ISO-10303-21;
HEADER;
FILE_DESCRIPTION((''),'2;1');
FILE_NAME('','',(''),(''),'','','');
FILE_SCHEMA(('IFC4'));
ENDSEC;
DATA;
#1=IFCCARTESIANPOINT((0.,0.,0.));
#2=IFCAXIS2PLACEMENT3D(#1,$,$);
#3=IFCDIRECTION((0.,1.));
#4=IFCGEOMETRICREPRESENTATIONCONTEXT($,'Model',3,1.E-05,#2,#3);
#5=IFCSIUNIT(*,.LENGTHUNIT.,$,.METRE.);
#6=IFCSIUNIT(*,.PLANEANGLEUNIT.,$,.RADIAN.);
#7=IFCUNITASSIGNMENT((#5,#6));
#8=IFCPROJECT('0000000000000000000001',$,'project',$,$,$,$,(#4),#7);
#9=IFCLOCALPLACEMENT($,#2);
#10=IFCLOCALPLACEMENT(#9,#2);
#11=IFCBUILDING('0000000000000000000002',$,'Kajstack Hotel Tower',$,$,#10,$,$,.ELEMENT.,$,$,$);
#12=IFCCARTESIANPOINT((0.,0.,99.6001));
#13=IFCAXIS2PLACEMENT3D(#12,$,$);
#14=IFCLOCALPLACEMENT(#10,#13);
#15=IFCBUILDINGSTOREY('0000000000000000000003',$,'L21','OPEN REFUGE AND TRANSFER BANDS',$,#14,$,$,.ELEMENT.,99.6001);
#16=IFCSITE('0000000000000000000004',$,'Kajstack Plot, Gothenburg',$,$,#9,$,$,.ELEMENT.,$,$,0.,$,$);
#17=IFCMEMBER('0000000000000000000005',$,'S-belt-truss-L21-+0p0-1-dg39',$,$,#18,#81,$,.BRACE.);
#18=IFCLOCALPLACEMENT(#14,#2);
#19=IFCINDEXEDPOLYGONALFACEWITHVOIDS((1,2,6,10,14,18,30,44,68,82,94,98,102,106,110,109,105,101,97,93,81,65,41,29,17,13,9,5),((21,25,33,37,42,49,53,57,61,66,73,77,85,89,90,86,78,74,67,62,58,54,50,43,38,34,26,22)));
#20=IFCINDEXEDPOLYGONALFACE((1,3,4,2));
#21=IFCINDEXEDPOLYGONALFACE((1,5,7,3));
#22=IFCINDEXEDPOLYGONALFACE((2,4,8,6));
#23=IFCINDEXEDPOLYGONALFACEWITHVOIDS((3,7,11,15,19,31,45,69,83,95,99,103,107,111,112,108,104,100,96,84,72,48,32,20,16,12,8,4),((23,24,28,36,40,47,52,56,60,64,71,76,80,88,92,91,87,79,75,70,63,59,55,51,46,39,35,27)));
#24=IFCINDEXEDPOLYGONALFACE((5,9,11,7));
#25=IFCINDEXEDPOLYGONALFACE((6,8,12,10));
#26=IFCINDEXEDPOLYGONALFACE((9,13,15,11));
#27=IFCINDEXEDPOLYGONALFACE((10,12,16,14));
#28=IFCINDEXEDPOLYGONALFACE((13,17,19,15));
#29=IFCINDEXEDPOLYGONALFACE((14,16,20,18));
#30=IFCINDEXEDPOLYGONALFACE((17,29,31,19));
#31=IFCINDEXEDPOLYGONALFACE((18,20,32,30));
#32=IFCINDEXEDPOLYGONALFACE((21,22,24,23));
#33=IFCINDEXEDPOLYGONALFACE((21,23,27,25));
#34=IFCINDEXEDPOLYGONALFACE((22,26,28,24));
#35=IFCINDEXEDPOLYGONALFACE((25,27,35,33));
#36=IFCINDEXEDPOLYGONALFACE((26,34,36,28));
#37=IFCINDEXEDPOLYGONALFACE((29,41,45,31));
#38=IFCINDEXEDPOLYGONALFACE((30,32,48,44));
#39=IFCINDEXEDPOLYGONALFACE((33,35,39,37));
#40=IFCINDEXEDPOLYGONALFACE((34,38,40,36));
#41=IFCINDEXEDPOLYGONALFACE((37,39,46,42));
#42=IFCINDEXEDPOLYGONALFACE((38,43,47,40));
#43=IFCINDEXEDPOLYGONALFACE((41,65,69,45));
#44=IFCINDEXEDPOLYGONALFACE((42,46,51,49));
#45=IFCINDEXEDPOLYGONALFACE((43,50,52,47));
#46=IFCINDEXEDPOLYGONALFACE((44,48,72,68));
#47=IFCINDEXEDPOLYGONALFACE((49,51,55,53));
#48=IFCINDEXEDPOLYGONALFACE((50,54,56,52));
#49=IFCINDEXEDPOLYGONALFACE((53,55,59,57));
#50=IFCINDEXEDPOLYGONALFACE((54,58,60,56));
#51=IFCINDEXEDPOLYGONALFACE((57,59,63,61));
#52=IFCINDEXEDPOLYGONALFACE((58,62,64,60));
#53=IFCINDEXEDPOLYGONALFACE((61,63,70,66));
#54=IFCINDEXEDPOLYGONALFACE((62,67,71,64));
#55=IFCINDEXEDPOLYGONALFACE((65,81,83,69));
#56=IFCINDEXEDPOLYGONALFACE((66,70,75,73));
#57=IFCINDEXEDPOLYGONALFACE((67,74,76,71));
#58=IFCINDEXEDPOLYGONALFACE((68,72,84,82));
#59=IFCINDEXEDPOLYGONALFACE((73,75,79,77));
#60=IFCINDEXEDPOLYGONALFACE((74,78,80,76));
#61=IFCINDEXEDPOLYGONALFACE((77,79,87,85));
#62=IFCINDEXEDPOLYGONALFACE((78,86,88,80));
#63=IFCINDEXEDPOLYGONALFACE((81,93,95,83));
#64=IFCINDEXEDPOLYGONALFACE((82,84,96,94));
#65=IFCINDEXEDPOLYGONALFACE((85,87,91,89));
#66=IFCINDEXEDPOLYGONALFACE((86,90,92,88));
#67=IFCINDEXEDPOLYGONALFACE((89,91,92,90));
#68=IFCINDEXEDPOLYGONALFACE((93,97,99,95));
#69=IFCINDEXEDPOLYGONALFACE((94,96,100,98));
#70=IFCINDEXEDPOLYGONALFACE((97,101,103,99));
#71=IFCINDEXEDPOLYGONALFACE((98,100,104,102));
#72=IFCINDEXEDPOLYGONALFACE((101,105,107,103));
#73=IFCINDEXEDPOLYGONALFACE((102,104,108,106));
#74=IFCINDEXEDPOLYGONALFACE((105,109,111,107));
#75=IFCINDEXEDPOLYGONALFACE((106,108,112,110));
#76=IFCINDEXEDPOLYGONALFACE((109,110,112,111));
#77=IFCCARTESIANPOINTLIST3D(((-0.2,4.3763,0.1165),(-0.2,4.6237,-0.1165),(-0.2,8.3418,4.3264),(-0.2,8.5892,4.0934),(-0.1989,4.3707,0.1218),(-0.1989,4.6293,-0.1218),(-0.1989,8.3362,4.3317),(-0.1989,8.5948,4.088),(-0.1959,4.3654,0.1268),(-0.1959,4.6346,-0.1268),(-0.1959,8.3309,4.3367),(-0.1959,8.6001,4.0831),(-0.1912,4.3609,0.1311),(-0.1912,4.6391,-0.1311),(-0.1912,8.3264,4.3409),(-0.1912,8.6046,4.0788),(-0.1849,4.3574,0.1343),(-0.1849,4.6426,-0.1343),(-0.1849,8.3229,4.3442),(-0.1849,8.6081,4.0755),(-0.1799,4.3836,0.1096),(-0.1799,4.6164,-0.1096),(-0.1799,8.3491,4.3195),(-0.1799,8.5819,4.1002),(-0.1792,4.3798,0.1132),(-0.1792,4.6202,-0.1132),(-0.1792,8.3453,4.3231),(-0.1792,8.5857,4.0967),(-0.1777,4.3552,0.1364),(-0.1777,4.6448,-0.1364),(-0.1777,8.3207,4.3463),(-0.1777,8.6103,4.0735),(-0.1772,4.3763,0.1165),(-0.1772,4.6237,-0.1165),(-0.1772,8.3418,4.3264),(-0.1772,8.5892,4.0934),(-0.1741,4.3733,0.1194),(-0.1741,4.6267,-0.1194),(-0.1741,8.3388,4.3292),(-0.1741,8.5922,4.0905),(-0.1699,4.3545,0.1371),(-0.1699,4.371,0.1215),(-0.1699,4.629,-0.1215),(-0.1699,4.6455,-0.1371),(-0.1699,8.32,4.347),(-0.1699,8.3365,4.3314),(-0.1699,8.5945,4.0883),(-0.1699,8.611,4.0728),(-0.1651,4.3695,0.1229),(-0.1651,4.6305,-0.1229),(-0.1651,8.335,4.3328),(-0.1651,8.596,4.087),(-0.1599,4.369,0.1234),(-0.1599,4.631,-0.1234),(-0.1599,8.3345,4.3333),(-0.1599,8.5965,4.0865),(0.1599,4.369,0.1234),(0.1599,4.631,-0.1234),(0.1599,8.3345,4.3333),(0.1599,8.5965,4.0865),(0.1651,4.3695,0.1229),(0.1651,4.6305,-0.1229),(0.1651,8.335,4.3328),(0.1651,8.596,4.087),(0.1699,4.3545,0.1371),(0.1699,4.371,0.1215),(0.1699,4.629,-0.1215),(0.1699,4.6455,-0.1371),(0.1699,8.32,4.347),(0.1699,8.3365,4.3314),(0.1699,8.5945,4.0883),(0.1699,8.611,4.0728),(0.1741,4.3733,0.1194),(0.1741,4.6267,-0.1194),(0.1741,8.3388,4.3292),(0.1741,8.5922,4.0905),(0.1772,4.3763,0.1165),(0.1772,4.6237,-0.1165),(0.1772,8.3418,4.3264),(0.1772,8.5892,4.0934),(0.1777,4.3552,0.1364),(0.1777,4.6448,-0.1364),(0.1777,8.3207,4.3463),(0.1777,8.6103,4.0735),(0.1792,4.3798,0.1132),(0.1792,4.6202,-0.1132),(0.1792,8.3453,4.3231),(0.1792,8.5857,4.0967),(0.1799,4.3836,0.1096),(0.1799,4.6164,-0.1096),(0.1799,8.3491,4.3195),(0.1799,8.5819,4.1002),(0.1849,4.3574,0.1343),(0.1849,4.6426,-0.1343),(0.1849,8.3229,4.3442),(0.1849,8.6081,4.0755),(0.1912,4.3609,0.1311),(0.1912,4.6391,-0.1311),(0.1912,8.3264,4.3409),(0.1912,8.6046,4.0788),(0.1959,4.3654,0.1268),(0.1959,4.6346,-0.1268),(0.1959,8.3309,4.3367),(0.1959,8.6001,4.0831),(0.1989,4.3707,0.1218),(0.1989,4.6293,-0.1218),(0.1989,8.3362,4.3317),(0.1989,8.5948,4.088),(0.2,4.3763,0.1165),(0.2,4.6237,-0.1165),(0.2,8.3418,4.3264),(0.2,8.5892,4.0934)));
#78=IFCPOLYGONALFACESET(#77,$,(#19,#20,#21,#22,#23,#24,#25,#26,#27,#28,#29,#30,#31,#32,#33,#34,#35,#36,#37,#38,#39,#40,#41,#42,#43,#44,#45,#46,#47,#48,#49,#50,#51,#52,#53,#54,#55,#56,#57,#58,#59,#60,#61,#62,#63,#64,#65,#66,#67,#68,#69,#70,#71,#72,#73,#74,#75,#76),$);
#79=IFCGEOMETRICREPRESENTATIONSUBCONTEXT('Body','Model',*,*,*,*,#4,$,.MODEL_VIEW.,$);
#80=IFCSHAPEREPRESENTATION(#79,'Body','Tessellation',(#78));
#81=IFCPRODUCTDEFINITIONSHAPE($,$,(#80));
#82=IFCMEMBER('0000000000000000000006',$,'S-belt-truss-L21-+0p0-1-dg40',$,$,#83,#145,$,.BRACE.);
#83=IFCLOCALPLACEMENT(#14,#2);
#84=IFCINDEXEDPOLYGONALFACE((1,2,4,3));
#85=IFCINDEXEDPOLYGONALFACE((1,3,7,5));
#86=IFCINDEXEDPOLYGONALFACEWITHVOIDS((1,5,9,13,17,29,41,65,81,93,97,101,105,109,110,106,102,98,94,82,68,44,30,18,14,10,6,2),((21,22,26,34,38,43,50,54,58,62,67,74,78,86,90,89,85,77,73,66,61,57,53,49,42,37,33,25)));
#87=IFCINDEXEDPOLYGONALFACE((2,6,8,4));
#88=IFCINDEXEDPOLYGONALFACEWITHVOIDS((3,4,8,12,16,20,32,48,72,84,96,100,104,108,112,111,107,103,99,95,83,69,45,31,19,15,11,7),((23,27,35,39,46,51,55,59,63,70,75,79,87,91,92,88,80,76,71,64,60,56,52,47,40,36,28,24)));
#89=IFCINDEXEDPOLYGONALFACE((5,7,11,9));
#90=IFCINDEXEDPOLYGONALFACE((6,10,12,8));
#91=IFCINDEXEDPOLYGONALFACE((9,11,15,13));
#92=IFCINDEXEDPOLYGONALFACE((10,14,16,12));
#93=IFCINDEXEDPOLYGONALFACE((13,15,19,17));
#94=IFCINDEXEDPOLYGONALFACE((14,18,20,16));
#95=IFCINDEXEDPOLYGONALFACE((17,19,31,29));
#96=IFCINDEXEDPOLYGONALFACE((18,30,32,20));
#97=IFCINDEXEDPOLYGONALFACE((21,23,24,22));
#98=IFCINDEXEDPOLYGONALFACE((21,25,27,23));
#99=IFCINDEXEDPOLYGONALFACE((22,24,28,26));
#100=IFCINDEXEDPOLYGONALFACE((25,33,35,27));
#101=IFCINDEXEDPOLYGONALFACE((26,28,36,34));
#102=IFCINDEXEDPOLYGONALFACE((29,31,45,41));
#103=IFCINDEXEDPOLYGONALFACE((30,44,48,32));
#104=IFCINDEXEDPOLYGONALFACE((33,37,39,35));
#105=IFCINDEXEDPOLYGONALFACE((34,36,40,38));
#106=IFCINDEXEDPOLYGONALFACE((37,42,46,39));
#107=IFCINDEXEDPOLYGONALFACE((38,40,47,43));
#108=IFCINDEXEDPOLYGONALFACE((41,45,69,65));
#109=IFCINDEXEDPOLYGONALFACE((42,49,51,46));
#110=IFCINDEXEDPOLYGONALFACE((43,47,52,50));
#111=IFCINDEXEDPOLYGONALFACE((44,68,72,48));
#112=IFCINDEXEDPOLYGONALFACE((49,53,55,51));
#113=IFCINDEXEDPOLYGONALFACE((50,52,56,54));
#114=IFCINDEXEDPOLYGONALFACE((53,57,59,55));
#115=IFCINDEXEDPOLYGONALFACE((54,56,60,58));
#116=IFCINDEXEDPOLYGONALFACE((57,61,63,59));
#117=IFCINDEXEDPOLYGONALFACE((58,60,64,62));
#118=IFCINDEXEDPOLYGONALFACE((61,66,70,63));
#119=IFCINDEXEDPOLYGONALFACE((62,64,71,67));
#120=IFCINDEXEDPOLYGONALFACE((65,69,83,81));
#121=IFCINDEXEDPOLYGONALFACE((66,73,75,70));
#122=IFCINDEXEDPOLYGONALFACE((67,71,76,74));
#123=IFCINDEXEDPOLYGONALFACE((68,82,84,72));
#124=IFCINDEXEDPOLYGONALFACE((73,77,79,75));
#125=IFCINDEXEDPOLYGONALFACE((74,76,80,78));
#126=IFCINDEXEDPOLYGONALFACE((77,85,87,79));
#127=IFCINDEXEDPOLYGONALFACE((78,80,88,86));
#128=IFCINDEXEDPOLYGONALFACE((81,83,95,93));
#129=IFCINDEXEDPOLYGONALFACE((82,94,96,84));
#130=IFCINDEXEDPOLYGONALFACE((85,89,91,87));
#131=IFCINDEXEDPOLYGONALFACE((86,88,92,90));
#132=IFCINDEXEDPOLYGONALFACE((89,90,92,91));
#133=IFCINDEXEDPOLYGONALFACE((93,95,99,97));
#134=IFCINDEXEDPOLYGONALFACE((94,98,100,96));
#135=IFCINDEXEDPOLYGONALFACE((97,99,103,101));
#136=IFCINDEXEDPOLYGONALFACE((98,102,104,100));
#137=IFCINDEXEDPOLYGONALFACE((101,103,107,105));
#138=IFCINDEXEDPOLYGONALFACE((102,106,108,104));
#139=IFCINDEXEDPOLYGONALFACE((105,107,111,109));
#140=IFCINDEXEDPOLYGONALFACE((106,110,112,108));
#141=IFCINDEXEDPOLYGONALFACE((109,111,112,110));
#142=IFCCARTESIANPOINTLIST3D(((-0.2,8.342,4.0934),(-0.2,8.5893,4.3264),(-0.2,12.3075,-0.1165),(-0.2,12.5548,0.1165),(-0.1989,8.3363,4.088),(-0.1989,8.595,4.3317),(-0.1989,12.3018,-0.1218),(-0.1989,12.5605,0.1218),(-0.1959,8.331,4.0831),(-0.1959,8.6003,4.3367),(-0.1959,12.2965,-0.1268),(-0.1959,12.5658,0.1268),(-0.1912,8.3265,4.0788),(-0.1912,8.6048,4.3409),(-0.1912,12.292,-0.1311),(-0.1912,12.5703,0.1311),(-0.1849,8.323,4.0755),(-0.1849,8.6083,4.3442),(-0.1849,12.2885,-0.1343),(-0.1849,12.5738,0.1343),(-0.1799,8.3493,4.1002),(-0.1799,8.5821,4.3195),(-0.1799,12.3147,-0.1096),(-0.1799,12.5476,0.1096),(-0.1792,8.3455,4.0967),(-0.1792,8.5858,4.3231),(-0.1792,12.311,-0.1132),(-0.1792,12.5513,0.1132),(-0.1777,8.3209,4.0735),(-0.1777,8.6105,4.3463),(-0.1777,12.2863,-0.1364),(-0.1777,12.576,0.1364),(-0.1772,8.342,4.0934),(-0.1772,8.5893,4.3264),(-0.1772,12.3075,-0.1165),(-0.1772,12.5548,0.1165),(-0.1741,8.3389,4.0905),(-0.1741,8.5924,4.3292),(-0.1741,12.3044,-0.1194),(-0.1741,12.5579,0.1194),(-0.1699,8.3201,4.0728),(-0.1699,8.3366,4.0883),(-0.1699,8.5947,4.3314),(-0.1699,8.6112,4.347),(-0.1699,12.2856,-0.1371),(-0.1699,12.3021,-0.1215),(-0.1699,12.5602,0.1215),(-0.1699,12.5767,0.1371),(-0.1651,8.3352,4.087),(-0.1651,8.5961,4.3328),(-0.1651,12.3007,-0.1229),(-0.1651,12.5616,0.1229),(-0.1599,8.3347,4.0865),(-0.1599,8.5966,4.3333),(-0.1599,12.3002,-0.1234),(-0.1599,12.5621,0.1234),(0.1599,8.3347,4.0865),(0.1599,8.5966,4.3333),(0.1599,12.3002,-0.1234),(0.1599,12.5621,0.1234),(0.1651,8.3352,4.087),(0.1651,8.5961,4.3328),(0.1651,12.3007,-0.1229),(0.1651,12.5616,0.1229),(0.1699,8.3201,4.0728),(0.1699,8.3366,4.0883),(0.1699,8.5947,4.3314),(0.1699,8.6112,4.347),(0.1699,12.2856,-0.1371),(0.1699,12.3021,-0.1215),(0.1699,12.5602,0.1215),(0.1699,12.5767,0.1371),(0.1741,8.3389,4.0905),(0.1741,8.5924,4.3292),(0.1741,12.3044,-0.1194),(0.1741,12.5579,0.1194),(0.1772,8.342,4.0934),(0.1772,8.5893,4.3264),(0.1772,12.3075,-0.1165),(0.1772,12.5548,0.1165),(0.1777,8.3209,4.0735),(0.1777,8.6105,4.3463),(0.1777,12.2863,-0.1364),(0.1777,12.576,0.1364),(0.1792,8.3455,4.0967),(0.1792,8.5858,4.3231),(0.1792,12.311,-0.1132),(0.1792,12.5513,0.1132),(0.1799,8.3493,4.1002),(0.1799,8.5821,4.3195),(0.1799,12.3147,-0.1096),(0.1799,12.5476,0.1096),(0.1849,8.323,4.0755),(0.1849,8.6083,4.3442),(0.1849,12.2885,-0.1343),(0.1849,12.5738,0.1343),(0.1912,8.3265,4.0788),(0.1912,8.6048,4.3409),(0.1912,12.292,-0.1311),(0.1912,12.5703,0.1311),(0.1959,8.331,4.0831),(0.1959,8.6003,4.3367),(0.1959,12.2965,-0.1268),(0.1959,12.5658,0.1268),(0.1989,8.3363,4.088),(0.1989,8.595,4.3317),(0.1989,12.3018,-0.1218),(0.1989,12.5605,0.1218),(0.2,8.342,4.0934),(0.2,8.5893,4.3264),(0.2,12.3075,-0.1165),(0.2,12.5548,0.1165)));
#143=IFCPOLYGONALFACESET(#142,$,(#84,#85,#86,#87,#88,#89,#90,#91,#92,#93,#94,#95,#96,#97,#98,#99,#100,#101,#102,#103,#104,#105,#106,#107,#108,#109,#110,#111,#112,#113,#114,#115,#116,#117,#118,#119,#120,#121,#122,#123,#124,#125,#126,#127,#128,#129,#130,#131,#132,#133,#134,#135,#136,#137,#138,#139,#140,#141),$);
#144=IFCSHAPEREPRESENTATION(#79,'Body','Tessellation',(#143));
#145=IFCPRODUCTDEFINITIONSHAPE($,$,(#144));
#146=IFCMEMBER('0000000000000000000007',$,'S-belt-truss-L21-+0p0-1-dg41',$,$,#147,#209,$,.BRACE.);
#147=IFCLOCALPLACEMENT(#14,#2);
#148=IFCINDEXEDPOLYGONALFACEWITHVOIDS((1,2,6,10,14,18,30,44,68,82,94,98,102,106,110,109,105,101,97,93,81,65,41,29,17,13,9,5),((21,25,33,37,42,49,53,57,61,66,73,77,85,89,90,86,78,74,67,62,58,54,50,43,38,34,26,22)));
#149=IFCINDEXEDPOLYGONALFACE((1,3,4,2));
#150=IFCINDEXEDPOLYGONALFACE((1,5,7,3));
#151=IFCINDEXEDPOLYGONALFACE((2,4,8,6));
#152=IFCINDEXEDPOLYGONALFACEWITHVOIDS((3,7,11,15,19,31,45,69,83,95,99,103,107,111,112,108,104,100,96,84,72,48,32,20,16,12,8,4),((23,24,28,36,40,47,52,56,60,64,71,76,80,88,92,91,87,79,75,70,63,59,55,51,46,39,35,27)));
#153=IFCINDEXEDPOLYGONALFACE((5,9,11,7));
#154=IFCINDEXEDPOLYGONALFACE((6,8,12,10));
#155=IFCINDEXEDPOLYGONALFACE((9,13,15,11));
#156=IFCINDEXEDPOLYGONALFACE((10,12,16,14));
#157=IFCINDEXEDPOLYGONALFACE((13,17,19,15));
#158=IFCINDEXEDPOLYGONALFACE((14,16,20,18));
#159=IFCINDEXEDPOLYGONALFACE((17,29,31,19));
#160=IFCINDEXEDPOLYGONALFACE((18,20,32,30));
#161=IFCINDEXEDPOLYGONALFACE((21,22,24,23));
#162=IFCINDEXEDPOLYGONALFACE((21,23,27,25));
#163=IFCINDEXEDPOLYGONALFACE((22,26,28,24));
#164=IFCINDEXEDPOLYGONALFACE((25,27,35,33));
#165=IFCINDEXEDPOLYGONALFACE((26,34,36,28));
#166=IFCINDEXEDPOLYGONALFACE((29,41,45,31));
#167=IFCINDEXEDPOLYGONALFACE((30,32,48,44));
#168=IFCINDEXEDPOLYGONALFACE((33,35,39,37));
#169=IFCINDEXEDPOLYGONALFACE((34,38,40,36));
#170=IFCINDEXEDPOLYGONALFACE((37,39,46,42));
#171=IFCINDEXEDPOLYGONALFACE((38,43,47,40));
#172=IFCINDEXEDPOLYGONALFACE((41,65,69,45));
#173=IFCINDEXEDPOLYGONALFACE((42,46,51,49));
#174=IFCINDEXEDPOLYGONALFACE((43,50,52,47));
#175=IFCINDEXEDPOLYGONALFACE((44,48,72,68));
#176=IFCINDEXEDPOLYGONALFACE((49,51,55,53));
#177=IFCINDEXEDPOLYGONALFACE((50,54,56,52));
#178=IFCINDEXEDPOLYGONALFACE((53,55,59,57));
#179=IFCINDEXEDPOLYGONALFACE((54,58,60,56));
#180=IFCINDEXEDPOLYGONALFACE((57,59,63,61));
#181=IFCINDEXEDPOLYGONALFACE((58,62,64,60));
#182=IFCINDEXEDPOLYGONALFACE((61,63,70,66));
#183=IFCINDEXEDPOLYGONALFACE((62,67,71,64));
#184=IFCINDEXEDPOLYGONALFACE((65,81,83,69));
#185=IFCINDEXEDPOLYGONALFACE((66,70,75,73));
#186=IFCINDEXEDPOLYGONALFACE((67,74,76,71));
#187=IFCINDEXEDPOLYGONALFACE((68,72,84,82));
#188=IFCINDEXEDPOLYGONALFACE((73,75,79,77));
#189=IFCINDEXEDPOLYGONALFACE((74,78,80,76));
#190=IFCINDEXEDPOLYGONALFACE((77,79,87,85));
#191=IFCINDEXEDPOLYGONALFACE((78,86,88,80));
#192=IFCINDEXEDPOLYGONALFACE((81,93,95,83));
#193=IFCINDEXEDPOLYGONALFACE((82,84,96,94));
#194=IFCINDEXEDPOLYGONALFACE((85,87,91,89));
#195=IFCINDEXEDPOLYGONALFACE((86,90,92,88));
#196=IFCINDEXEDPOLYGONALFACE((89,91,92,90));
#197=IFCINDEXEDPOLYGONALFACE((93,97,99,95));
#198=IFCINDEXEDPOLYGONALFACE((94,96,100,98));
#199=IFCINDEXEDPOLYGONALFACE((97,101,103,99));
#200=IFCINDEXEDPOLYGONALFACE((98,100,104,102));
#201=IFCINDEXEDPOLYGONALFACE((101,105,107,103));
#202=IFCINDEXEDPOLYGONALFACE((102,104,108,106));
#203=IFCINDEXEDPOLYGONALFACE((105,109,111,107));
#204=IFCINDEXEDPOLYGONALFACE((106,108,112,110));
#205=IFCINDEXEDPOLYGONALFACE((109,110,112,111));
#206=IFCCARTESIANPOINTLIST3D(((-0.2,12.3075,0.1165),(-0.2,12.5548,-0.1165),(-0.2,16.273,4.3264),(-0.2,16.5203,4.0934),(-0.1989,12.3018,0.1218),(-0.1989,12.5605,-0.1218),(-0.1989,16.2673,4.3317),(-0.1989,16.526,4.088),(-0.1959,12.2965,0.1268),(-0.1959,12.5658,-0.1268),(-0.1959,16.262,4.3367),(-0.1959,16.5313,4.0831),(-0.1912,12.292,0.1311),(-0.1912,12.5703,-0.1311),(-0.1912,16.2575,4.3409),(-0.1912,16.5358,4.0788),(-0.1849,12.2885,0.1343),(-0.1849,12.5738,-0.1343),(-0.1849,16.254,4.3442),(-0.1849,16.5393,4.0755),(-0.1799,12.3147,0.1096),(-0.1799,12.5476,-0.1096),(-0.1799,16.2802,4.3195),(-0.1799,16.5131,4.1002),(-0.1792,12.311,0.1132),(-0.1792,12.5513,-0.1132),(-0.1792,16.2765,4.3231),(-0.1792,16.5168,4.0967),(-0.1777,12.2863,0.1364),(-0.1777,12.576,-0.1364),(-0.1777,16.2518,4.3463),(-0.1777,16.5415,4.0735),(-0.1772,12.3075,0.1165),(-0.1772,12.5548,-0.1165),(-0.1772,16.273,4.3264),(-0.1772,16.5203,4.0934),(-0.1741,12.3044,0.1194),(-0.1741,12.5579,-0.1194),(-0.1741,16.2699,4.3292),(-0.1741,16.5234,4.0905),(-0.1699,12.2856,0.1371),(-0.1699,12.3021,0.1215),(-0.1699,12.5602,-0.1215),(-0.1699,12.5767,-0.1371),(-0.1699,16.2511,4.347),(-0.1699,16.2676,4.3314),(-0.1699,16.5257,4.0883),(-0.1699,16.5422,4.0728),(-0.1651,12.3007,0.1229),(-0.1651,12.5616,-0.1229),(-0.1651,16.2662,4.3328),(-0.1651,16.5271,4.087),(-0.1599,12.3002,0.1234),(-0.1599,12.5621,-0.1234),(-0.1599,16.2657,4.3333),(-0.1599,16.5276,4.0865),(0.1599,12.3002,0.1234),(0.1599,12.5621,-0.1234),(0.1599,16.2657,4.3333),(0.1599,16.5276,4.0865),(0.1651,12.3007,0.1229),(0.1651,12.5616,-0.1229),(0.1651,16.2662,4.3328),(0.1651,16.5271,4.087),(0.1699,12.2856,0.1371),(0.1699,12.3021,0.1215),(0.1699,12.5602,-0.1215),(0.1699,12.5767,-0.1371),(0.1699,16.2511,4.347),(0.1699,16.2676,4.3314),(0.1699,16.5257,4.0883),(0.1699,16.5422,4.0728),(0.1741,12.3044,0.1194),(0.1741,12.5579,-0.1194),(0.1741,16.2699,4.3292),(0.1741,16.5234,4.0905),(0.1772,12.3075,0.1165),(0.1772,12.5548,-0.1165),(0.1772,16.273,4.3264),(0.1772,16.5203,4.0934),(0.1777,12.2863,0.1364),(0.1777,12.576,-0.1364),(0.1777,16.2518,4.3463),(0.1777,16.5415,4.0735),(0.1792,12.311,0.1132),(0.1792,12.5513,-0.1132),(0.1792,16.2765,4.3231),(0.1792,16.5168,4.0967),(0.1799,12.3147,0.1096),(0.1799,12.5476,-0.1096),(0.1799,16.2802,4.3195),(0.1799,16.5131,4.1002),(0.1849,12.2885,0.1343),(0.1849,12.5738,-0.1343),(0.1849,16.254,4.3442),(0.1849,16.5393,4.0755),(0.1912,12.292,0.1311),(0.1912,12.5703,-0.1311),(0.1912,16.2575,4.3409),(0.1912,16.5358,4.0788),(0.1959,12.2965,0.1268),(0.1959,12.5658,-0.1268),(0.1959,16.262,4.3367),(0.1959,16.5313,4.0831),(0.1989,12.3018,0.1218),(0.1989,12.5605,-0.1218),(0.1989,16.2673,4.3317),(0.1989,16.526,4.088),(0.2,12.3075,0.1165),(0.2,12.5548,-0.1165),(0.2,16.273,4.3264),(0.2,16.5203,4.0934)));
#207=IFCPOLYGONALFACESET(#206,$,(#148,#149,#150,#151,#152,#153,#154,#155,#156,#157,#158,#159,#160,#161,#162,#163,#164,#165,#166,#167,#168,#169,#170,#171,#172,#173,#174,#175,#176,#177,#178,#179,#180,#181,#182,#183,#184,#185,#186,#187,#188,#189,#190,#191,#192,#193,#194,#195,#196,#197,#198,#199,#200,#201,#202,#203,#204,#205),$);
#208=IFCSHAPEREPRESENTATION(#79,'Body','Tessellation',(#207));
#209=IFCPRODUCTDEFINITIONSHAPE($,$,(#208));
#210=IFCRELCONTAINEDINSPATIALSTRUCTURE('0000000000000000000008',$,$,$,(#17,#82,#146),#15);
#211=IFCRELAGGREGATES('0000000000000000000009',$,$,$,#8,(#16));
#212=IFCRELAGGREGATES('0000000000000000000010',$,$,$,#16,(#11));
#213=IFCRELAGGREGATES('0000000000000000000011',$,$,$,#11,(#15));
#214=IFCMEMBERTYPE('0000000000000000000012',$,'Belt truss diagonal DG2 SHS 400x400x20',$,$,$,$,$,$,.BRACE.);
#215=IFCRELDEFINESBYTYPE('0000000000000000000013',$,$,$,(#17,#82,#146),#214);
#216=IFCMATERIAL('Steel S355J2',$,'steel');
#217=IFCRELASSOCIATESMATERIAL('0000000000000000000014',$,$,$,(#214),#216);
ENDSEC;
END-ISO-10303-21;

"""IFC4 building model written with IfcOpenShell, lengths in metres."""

from ifc_helpers import new_model, si_unit, direction, frame, origin, origin_2d, place, context, subcontext, project, spatial, hollow_rectangle, extrude, material, material_profile, profile_set, type_object, element, save


model = new_model("IFC4")

# Units and contexts
model_context = context("Model", 3, precision=1e-05, world=origin(), true_north=direction((0.0, 1.0)))
body_context = subcontext(model_context, "Body", "Model", "MODEL_VIEW")
ifc_project = project(units=[si_unit("LENGTHUNIT", "METRE"), si_unit("PLANEANGLEUNIT", "RADIAN")], contexts=[model_context])

# Site, building, storey
site_placement = place(None, origin())
site = spatial("IfcSite", under=ifc_project, at=site_placement, Name="Kajstack Plot, Gothenburg", CompositionType="ELEMENT", RefElevation=0.0)
building_placement = place(site_placement, origin())
building = spatial("IfcBuilding", under=site, at=building_placement, Name="Kajstack Hotel Tower", CompositionType="ELEMENT")
storey_placement = place(building_placement, frame((0.0, 0.0, 99.6001)))
storey = spatial("IfcBuildingStorey", under=building, at=storey_placement, Name="L21", Description="OPEN REFUGE AND TRANSFER BANDS", CompositionType="ELEMENT", Elevation=99.6001)

# Members
ifc_material_1 = material(Name="Steel S355J2", Category="steel")
ifc_material_profile_1 = material_profile(ifc_material_1, hollow_rectangle(XDim=0.3999, YDim=0.3999, WallThickness=0.02, InnerFilletRadius=0.02, OuterFilletRadius=0.03, at=origin_2d()), Name="SHS 400x400x20")
ifc_profile_set_1 = profile_set([ifc_material_profile_1], Name="Steel S355J2")
member_type_1 = type_object("IfcMemberType", Name="Belt truss diagonal DG2 SHS 400x400x20", PredefinedType="BRACE", material=ifc_profile_set_1)
for number, where, z_axis, x_axis, name in (
    (1, (0.0, 4.5, 0.0), (0.0, 0.685664, 0.727919), (-1.0, 0.0, 0.0), "S-belt-truss-L21-+0p0-1-dg39"),
    (2, (0.0, 12.4312, 0.0), (0.0, -0.685664, 0.727919), (1.0, 0.0, 0.0), "S-belt-truss-L21-+0p0-1-dg40"),
    (3, (0.0, 12.4312, 0.0), (0.0, 0.685664, 0.727919), (-1.0, 0.0, 0.0), "S-belt-truss-L21-+0p0-1-dg41"),
):
    element("IfcMember", number, at=place(storey_placement, frame(where, z_axis=z_axis, x_axis=x_axis)), inside=storey, type_object=member_type_1, Name=name, PredefinedType="BRACE", context=body_context, shape_type="SweptSolid", body=[
        extrude(hollow_rectangle(XDim=0.3999, YDim=0.3999, WallThickness=0.02, InnerFilletRadius=0.02, OuterFilletRadius=0.03, at=origin_2d()), origin(), (0.0, 0.0, 1.0), 5.7834),
    ])

save(model, "model.ifc")
